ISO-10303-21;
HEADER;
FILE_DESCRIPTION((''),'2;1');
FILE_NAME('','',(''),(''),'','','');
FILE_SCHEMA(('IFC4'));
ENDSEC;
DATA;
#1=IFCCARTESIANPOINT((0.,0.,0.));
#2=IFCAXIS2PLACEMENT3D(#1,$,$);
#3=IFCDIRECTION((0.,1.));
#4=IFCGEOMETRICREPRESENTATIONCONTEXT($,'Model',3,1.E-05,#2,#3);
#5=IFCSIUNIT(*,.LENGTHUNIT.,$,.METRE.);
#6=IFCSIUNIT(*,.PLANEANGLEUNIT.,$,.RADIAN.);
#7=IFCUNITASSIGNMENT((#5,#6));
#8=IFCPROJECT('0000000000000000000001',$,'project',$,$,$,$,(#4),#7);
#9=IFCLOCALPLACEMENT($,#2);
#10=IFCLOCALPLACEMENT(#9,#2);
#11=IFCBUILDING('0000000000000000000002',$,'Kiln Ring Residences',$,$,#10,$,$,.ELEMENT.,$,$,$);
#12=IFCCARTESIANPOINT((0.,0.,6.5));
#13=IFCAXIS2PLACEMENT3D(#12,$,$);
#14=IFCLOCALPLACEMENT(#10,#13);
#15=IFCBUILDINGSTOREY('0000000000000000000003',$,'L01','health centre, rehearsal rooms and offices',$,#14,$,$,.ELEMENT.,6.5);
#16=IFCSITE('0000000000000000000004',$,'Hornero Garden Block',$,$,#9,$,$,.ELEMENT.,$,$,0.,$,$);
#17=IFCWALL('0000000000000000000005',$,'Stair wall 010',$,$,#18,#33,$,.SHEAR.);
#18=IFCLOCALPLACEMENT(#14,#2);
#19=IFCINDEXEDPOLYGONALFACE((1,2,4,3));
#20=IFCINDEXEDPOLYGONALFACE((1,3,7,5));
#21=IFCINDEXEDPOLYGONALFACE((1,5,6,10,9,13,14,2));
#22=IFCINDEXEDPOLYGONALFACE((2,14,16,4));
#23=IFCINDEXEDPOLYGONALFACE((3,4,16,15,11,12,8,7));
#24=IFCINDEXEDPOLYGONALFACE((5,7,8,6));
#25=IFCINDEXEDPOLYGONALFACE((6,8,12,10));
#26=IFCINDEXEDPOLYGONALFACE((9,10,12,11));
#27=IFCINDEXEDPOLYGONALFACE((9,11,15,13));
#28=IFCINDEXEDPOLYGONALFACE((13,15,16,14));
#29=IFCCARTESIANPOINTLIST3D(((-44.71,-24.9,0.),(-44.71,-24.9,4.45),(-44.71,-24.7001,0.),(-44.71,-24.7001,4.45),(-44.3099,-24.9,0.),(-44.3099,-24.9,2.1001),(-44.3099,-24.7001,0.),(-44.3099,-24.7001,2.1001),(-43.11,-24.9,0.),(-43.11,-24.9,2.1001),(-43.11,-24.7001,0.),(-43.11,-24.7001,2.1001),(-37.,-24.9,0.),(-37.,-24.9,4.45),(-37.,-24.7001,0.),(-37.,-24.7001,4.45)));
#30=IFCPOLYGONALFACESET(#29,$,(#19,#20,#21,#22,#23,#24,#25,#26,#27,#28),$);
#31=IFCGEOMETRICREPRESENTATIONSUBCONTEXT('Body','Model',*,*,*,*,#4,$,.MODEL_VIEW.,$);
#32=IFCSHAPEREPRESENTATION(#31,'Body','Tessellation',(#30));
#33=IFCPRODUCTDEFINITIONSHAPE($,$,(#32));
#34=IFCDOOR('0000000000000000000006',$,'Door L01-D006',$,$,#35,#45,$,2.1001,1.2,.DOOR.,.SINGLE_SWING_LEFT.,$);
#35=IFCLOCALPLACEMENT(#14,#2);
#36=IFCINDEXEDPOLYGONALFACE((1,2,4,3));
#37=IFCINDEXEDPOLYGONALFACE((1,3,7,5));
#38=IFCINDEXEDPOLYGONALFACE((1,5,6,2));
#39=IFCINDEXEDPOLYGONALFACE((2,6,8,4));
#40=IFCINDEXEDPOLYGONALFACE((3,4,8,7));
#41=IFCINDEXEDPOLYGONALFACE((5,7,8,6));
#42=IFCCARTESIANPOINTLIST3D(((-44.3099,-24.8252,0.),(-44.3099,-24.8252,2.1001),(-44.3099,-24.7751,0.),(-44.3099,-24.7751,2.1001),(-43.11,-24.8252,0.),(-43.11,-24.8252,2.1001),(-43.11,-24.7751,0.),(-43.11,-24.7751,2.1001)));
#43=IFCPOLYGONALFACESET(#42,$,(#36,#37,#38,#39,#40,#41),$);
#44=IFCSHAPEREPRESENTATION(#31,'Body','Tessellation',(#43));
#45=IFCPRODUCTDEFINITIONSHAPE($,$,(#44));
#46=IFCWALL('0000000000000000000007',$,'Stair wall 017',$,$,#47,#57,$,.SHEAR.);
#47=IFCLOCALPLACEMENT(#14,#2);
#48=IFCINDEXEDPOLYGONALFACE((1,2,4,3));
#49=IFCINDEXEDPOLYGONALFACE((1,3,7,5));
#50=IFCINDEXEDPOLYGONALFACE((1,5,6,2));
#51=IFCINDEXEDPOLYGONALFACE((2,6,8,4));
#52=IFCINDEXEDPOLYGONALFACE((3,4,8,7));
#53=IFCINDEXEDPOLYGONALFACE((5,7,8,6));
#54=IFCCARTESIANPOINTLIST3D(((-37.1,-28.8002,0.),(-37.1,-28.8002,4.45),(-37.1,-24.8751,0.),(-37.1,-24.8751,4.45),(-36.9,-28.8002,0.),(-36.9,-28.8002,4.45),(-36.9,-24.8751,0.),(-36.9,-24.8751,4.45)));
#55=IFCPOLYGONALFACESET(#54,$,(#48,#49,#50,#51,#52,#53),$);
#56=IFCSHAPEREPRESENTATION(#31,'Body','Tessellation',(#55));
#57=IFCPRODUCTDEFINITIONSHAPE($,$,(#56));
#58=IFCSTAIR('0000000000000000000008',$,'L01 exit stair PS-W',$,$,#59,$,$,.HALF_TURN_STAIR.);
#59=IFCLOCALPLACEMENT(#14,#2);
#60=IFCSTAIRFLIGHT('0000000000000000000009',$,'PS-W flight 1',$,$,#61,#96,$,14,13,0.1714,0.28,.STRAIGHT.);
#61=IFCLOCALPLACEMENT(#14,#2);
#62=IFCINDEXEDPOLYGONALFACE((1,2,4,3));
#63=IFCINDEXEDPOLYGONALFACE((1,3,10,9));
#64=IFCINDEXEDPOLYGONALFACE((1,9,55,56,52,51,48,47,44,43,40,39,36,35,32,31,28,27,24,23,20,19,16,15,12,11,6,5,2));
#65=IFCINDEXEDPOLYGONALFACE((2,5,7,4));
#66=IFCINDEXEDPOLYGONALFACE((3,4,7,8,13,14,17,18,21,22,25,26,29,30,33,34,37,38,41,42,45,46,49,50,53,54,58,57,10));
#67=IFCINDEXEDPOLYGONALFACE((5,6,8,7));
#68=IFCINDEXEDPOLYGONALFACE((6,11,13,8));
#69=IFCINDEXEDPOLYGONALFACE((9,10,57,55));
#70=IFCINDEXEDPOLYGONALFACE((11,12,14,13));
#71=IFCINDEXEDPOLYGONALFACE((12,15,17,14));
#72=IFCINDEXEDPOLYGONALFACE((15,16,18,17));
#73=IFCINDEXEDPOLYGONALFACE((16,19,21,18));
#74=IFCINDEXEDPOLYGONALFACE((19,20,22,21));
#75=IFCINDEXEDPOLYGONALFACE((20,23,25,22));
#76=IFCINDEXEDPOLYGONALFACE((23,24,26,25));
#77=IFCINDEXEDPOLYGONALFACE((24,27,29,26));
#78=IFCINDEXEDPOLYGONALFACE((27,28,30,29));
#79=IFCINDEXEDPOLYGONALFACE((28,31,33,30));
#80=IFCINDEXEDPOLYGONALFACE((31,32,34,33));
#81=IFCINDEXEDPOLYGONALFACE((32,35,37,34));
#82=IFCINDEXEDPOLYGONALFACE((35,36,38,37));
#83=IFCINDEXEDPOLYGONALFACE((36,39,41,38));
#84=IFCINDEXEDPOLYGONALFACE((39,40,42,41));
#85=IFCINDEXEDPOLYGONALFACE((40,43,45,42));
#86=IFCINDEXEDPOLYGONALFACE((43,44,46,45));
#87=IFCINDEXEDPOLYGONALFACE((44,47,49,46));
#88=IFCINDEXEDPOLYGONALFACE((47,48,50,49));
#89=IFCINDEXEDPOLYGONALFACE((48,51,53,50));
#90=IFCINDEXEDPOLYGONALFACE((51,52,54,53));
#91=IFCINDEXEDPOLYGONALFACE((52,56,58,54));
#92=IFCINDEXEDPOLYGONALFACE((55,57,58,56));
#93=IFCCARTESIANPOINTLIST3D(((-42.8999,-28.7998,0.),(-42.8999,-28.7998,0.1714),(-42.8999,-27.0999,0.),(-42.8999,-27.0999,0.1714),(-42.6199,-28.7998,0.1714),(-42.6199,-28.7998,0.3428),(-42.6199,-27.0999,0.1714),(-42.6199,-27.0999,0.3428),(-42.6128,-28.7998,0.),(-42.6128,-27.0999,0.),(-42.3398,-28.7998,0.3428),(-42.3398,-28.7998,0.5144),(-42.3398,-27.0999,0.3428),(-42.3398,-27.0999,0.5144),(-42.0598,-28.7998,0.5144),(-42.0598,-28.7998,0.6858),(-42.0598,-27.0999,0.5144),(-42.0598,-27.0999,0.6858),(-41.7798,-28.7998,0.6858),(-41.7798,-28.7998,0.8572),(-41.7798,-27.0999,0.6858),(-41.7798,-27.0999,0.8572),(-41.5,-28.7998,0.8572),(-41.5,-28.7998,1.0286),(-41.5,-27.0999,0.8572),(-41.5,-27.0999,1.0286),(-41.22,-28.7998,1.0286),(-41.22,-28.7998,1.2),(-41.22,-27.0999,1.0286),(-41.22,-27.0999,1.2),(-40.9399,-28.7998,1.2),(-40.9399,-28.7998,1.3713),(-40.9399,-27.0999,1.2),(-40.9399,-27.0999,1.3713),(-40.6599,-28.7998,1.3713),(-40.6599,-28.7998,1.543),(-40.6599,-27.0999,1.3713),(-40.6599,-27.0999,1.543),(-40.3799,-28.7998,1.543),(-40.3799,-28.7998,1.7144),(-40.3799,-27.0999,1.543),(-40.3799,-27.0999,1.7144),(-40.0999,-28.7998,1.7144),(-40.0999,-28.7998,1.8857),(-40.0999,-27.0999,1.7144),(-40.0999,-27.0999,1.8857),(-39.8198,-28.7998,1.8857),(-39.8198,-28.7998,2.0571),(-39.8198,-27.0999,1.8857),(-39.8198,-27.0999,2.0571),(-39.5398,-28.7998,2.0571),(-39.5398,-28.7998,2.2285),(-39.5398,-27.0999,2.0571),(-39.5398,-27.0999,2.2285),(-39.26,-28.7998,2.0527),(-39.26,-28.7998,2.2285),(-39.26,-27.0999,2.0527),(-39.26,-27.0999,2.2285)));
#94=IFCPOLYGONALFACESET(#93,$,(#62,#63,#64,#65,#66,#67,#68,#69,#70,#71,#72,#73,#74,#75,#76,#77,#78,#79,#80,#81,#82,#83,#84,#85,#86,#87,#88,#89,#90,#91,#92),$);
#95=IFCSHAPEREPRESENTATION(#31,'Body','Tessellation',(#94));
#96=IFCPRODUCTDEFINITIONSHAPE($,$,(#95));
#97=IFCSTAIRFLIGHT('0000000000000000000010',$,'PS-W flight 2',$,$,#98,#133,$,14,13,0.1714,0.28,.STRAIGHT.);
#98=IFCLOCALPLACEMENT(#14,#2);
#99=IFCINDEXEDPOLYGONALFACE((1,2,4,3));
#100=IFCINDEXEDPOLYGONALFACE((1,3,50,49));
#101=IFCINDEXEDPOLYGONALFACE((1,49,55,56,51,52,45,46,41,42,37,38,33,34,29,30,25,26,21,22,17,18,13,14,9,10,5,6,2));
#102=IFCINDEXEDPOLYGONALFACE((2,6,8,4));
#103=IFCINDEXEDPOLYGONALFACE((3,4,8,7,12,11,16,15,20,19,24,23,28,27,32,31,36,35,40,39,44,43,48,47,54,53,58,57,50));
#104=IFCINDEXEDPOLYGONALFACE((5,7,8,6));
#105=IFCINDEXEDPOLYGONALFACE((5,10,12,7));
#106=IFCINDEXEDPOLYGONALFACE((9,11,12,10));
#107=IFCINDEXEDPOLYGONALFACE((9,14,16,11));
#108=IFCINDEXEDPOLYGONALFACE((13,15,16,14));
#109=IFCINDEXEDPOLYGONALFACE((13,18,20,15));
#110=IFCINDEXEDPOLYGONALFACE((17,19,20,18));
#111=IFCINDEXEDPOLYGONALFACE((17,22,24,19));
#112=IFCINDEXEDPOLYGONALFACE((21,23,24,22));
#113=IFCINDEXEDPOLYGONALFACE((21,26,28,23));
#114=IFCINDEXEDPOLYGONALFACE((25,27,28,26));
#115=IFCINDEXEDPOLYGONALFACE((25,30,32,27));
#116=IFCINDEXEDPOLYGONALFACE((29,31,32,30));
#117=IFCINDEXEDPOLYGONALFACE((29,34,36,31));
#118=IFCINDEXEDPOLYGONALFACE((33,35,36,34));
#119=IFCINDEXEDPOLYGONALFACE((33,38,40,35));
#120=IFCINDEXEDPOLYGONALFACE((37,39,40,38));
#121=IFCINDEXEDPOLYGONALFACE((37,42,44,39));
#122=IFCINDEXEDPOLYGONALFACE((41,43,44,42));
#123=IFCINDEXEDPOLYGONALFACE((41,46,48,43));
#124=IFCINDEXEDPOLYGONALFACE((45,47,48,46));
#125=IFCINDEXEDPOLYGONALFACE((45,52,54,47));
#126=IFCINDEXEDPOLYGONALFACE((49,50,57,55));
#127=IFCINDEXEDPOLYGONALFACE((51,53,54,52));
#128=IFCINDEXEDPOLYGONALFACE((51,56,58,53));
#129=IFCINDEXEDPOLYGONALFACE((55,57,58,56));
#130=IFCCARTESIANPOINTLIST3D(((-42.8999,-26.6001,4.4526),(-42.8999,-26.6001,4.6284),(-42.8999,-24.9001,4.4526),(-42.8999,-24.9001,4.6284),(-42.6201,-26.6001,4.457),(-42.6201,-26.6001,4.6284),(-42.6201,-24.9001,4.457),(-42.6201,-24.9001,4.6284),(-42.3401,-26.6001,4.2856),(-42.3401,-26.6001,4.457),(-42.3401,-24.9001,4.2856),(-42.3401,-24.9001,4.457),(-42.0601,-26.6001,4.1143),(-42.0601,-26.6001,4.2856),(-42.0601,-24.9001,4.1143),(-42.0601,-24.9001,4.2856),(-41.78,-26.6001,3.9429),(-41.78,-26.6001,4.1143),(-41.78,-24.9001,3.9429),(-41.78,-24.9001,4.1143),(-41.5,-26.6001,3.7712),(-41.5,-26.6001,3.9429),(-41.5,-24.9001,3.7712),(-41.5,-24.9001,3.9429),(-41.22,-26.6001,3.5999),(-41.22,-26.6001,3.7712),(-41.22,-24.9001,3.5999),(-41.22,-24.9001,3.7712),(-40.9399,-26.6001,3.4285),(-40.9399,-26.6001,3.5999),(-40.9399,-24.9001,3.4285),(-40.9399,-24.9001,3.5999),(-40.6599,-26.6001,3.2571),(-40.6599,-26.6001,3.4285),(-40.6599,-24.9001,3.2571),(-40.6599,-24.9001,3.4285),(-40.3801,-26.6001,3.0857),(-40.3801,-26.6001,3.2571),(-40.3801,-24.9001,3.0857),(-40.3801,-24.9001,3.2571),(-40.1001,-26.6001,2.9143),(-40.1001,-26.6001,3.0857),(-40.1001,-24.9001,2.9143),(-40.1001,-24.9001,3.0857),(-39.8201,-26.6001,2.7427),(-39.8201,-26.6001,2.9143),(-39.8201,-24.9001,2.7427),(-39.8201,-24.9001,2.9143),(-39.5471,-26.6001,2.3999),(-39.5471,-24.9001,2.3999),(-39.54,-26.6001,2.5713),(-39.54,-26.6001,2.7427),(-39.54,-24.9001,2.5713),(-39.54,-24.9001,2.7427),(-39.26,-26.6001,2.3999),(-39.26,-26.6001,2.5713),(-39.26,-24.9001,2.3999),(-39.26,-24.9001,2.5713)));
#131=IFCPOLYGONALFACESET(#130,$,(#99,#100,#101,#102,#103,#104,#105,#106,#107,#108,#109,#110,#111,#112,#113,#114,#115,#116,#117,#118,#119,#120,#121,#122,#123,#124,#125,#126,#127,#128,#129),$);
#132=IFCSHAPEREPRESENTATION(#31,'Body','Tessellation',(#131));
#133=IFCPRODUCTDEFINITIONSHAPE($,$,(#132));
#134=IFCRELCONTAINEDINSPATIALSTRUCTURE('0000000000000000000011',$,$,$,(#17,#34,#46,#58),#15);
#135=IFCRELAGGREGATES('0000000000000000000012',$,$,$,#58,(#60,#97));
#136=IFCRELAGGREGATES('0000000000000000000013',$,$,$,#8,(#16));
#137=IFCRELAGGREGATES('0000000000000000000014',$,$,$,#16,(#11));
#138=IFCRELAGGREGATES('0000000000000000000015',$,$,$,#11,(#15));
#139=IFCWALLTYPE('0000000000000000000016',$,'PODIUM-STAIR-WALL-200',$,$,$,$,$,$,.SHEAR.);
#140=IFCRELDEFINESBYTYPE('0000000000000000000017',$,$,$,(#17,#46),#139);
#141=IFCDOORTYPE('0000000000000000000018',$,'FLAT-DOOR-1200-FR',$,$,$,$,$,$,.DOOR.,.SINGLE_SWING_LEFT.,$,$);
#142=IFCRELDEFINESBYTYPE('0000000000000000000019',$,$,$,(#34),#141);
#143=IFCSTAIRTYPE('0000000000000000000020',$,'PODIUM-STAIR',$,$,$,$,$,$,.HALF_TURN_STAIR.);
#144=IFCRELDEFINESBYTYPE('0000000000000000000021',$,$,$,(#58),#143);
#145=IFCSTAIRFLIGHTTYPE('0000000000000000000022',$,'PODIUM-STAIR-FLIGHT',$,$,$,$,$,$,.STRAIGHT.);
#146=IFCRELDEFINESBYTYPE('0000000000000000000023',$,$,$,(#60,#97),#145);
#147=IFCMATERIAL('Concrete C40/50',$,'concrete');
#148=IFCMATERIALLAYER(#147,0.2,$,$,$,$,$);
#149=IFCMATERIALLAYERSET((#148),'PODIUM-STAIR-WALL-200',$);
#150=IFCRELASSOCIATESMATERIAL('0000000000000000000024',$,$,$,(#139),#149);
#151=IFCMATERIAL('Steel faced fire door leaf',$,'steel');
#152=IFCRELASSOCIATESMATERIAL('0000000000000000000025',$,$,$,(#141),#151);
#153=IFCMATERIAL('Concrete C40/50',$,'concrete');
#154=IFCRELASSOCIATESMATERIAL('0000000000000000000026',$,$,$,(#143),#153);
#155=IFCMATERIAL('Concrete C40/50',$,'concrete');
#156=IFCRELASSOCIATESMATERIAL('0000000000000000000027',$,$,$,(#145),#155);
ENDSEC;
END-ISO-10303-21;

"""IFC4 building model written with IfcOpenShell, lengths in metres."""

from ifc_helpers import new_model, si_unit, direction, frame, frame_2d, origin, place, context, subcontext, project, spatial, polyline, rectangle, outline, extrude, material, layer, layer_set, type_object, element, fill, aggregate, save


model = new_model("IFC4")

# Units and contexts
model_context = context("Model", 3, precision=1e-05, world=origin(), true_north=direction((0.0, 1.0)))
body_context = subcontext(model_context, "Body", "Model", "MODEL_VIEW")
ifc_project = project(units=[si_unit("LENGTHUNIT", "METRE"), si_unit("PLANEANGLEUNIT", "RADIAN")], contexts=[model_context])

# Site, building, storey
site_placement = place(None, origin())
site = spatial("IfcSite", under=ifc_project, at=site_placement, Name="Hornero Garden Block", CompositionType="ELEMENT", RefElevation=0.0)
building_placement = place(site_placement, origin())
building = spatial("IfcBuilding", under=site, at=building_placement, Name="Kiln Ring Residences", CompositionType="ELEMENT")
storey_placement = place(building_placement, frame((0.0, 0.0, 6.5)))
storey = spatial("IfcBuildingStorey", under=building, at=storey_placement, Name="L01", Description="health centre, rehearsal rooms and offices", CompositionType="ELEMENT", Elevation=6.5)

# Shared definitions
ifc_material_1 = material(Name="Concrete C40/50", Category="concrete")
ifc_layer_1 = layer(ifc_material_1, 0.2)
ifc_layer_set_1 = layer_set([ifc_layer_1], Name="PODIUM-STAIR-WALL-200")
wall_type_1 = type_object("IfcWallType", Name="PODIUM-STAIR-WALL-200", PredefinedType="SHEAR", material=ifc_layer_set_1)

# Wall, opening, door
wall_1_placement = place(storey_placement, frame((-44.71, -24.8, 0.0), z_axis=(0.0, 0.0, 1.0), x_axis=(1.0, 0.0, 0.0)))
wall_1 = element("IfcWall", 1, at=wall_1_placement, inside=storey, type_object=wall_type_1, Name="Stair wall 010", PredefinedType="SHEAR", context=body_context, shape_type="SweptSolid", body=[
    extrude(rectangle(XDim=7.71, YDim=0.2, at=frame_2d((3.855, 0.0))), origin(), (0.0, 0.0, 1.0), 4.45),
])
opening_1_placement = place(wall_1_placement, frame((0.3999, 0.0, 0.0)))
opening_1 = element("IfcOpeningElement", 2, at=opening_1_placement, cuts=wall_1, PredefinedType="OPENING", context=body_context, shape_type="SweptSolid", body=[
    extrude(rectangle(XDim=1.2, YDim=2.1001, at=frame_2d((0.6001, 1.05))), frame((0.0, 0.1099, 0.0), z_axis=(0.0, -1.0, 0.0), x_axis=(1.0, 0.0, 0.0)), (0.0, 0.0, 1.0), 0.22),
])
ifc_material_2 = material(Name="Steel faced fire door leaf", Category="steel")
door_type_1 = type_object("IfcDoorType", Name="FLAT-DOOR-1200-FR", OperationType="SINGLE_SWING_LEFT", PredefinedType="DOOR", material=ifc_material_2)
door_1_placement = place(opening_1_placement, origin())
door_1 = element("IfcDoor", 3, at=door_1_placement, inside=storey, type_object=door_type_1, Name="Door L01-D006", OperationType="SINGLE_SWING_LEFT", OverallHeight=2.1001, OverallWidth=1.2, PredefinedType="DOOR", context=body_context, shape_type="SweptSolid", body=[
    extrude(rectangle(XDim=1.2, YDim=2.1001, at=frame_2d((0.6001, 1.05))), frame((0.0, 0.0249, 0.0), z_axis=(0.0, -1.0, 0.0), x_axis=(1.0, 0.0, 0.0)), (0.0, 0.0, 1.0), 0.05),
])
fill(opening_1, door_1)

# Wall
wall_2_placement = place(storey_placement, frame((-37.0, -28.8, 0.0), z_axis=(0.0, 0.0, 1.0), x_axis=(0.0, 1.0, 0.0)))
element("IfcWall", 4, at=wall_2_placement, inside=storey, type_object=wall_type_1, Name="Stair wall 017", PredefinedType="SHEAR", context=body_context, shape_type="SweptSolid", body=[
    extrude(rectangle(XDim=3.925, YDim=0.2, at=frame_2d((1.9624, 0.0))), origin(), (0.0, 0.0, 1.0), 4.45),
])

# Stair, stair flights
ifc_material_3 = material(Name="Concrete C40/50", Category="concrete")
stair_type = type_object("IfcStairType", Name="PODIUM-STAIR", PredefinedType="HALF_TURN_STAIR", material=ifc_material_3)
stair_placement = place(storey_placement, origin())
stair = element("IfcStair", 5, at=stair_placement, inside=storey, type_object=stair_type, Name="L01 exit stair PS-W", PredefinedType="HALF_TURN_STAIR")
ifc_material_4 = material(Name="Concrete C40/50", Category="concrete")
stair_flight_type = type_object("IfcStairFlightType", Name="PODIUM-STAIR-FLIGHT", PredefinedType="STRAIGHT", material=ifc_material_4)
stair_flight_1_placement = place(storey_placement, frame((-42.8999, -27.95, 0.0), z_axis=(0.0, 0.0, 1.0), x_axis=(1.0, 0.0, 0.0)))
stair_flight_1 = element("IfcStairFlight", 6, at=stair_flight_1_placement, type_object=stair_flight_type, Name="PS-W flight 1", NumberOfRisers=14, NumberOfTreads=13, PredefinedType="STRAIGHT", RiserHeight=0.1714, TreadLength=0.28, context=body_context, shape_type="SweptSolid", body=[
    extrude(outline(polyline([(0.0, 0.0), (0.0, 0.1714), (0.28, 0.1714), (0.28, 0.3428), (0.5601, 0.3428), (0.5601, 0.5144), (0.8401, 0.5144), (0.8401, 0.6858), (1.1201, 0.6858), (1.1201, 0.8572), (1.3999, 0.8572), (1.3999, 1.0286), (1.6799, 1.0286), (1.6799, 1.2), (1.96, 1.2), (1.96, 1.3713), (2.24, 1.3713), (2.24, 1.543), (2.52, 1.543), (2.52, 1.7144), (2.8, 1.7144), (2.8, 1.8857), (3.0801, 1.8857), (3.0801, 2.0571), (3.3601, 2.0571), (3.3601, 2.2285), (3.6399, 2.2285), (3.6399, 2.3999), (3.6399, 2.0527), (0.2871, 0.0), (0.0, 0.0)])), frame((0.0, 0.8501, 0.0), z_axis=(0.0, -1.0, 0.0), x_axis=(1.0, 0.0, 0.0)), (0.0, 0.0, 1.0), 1.7),
])
stair_flight_2_placement = place(storey_placement, frame((-39.26, -25.75, 2.3999), z_axis=(0.0, 0.0, 1.0), x_axis=(-1.0, 0.0, 0.0)))
stair_flight_2 = element("IfcStairFlight", 7, at=stair_flight_2_placement, type_object=stair_flight_type, Name="PS-W flight 2", NumberOfRisers=14, NumberOfTreads=13, PredefinedType="STRAIGHT", RiserHeight=0.1714, TreadLength=0.28, context=body_context, shape_type="SweptSolid", body=[
    extrude(outline(polyline([(0.0, 0.0), (0.0, 0.1714), (0.28, 0.1714), (0.28, 0.3428), (0.5601, 0.3428), (0.5601, 0.5144), (0.8401, 0.5144), (0.8401, 0.6858), (1.1201, 0.6858), (1.1201, 0.8572), (1.3999, 0.8572), (1.3999, 1.0286), (1.6799, 1.0286), (1.6799, 1.2), (1.96, 1.2), (1.96, 1.3713), (2.24, 1.3713), (2.24, 1.543), (2.52, 1.543), (2.52, 1.7144), (2.8, 1.7144), (2.8, 1.8857), (3.0801, 1.8857), (3.0801, 2.0571), (3.3601, 2.0571), (3.3601, 2.2285), (3.6399, 2.2285), (3.6399, 2.3999), (3.6399, 2.0527), (0.2871, 0.0), (0.0, 0.0)])), frame((0.0, 0.8501, 0.0), z_axis=(0.0, -1.0, 0.0), x_axis=(1.0, 0.0, 0.0)), (0.0, 0.0, 1.0), 1.7),
])
aggregate(stair, [stair_flight_1, stair_flight_2])

save(model, "model.ifc")
